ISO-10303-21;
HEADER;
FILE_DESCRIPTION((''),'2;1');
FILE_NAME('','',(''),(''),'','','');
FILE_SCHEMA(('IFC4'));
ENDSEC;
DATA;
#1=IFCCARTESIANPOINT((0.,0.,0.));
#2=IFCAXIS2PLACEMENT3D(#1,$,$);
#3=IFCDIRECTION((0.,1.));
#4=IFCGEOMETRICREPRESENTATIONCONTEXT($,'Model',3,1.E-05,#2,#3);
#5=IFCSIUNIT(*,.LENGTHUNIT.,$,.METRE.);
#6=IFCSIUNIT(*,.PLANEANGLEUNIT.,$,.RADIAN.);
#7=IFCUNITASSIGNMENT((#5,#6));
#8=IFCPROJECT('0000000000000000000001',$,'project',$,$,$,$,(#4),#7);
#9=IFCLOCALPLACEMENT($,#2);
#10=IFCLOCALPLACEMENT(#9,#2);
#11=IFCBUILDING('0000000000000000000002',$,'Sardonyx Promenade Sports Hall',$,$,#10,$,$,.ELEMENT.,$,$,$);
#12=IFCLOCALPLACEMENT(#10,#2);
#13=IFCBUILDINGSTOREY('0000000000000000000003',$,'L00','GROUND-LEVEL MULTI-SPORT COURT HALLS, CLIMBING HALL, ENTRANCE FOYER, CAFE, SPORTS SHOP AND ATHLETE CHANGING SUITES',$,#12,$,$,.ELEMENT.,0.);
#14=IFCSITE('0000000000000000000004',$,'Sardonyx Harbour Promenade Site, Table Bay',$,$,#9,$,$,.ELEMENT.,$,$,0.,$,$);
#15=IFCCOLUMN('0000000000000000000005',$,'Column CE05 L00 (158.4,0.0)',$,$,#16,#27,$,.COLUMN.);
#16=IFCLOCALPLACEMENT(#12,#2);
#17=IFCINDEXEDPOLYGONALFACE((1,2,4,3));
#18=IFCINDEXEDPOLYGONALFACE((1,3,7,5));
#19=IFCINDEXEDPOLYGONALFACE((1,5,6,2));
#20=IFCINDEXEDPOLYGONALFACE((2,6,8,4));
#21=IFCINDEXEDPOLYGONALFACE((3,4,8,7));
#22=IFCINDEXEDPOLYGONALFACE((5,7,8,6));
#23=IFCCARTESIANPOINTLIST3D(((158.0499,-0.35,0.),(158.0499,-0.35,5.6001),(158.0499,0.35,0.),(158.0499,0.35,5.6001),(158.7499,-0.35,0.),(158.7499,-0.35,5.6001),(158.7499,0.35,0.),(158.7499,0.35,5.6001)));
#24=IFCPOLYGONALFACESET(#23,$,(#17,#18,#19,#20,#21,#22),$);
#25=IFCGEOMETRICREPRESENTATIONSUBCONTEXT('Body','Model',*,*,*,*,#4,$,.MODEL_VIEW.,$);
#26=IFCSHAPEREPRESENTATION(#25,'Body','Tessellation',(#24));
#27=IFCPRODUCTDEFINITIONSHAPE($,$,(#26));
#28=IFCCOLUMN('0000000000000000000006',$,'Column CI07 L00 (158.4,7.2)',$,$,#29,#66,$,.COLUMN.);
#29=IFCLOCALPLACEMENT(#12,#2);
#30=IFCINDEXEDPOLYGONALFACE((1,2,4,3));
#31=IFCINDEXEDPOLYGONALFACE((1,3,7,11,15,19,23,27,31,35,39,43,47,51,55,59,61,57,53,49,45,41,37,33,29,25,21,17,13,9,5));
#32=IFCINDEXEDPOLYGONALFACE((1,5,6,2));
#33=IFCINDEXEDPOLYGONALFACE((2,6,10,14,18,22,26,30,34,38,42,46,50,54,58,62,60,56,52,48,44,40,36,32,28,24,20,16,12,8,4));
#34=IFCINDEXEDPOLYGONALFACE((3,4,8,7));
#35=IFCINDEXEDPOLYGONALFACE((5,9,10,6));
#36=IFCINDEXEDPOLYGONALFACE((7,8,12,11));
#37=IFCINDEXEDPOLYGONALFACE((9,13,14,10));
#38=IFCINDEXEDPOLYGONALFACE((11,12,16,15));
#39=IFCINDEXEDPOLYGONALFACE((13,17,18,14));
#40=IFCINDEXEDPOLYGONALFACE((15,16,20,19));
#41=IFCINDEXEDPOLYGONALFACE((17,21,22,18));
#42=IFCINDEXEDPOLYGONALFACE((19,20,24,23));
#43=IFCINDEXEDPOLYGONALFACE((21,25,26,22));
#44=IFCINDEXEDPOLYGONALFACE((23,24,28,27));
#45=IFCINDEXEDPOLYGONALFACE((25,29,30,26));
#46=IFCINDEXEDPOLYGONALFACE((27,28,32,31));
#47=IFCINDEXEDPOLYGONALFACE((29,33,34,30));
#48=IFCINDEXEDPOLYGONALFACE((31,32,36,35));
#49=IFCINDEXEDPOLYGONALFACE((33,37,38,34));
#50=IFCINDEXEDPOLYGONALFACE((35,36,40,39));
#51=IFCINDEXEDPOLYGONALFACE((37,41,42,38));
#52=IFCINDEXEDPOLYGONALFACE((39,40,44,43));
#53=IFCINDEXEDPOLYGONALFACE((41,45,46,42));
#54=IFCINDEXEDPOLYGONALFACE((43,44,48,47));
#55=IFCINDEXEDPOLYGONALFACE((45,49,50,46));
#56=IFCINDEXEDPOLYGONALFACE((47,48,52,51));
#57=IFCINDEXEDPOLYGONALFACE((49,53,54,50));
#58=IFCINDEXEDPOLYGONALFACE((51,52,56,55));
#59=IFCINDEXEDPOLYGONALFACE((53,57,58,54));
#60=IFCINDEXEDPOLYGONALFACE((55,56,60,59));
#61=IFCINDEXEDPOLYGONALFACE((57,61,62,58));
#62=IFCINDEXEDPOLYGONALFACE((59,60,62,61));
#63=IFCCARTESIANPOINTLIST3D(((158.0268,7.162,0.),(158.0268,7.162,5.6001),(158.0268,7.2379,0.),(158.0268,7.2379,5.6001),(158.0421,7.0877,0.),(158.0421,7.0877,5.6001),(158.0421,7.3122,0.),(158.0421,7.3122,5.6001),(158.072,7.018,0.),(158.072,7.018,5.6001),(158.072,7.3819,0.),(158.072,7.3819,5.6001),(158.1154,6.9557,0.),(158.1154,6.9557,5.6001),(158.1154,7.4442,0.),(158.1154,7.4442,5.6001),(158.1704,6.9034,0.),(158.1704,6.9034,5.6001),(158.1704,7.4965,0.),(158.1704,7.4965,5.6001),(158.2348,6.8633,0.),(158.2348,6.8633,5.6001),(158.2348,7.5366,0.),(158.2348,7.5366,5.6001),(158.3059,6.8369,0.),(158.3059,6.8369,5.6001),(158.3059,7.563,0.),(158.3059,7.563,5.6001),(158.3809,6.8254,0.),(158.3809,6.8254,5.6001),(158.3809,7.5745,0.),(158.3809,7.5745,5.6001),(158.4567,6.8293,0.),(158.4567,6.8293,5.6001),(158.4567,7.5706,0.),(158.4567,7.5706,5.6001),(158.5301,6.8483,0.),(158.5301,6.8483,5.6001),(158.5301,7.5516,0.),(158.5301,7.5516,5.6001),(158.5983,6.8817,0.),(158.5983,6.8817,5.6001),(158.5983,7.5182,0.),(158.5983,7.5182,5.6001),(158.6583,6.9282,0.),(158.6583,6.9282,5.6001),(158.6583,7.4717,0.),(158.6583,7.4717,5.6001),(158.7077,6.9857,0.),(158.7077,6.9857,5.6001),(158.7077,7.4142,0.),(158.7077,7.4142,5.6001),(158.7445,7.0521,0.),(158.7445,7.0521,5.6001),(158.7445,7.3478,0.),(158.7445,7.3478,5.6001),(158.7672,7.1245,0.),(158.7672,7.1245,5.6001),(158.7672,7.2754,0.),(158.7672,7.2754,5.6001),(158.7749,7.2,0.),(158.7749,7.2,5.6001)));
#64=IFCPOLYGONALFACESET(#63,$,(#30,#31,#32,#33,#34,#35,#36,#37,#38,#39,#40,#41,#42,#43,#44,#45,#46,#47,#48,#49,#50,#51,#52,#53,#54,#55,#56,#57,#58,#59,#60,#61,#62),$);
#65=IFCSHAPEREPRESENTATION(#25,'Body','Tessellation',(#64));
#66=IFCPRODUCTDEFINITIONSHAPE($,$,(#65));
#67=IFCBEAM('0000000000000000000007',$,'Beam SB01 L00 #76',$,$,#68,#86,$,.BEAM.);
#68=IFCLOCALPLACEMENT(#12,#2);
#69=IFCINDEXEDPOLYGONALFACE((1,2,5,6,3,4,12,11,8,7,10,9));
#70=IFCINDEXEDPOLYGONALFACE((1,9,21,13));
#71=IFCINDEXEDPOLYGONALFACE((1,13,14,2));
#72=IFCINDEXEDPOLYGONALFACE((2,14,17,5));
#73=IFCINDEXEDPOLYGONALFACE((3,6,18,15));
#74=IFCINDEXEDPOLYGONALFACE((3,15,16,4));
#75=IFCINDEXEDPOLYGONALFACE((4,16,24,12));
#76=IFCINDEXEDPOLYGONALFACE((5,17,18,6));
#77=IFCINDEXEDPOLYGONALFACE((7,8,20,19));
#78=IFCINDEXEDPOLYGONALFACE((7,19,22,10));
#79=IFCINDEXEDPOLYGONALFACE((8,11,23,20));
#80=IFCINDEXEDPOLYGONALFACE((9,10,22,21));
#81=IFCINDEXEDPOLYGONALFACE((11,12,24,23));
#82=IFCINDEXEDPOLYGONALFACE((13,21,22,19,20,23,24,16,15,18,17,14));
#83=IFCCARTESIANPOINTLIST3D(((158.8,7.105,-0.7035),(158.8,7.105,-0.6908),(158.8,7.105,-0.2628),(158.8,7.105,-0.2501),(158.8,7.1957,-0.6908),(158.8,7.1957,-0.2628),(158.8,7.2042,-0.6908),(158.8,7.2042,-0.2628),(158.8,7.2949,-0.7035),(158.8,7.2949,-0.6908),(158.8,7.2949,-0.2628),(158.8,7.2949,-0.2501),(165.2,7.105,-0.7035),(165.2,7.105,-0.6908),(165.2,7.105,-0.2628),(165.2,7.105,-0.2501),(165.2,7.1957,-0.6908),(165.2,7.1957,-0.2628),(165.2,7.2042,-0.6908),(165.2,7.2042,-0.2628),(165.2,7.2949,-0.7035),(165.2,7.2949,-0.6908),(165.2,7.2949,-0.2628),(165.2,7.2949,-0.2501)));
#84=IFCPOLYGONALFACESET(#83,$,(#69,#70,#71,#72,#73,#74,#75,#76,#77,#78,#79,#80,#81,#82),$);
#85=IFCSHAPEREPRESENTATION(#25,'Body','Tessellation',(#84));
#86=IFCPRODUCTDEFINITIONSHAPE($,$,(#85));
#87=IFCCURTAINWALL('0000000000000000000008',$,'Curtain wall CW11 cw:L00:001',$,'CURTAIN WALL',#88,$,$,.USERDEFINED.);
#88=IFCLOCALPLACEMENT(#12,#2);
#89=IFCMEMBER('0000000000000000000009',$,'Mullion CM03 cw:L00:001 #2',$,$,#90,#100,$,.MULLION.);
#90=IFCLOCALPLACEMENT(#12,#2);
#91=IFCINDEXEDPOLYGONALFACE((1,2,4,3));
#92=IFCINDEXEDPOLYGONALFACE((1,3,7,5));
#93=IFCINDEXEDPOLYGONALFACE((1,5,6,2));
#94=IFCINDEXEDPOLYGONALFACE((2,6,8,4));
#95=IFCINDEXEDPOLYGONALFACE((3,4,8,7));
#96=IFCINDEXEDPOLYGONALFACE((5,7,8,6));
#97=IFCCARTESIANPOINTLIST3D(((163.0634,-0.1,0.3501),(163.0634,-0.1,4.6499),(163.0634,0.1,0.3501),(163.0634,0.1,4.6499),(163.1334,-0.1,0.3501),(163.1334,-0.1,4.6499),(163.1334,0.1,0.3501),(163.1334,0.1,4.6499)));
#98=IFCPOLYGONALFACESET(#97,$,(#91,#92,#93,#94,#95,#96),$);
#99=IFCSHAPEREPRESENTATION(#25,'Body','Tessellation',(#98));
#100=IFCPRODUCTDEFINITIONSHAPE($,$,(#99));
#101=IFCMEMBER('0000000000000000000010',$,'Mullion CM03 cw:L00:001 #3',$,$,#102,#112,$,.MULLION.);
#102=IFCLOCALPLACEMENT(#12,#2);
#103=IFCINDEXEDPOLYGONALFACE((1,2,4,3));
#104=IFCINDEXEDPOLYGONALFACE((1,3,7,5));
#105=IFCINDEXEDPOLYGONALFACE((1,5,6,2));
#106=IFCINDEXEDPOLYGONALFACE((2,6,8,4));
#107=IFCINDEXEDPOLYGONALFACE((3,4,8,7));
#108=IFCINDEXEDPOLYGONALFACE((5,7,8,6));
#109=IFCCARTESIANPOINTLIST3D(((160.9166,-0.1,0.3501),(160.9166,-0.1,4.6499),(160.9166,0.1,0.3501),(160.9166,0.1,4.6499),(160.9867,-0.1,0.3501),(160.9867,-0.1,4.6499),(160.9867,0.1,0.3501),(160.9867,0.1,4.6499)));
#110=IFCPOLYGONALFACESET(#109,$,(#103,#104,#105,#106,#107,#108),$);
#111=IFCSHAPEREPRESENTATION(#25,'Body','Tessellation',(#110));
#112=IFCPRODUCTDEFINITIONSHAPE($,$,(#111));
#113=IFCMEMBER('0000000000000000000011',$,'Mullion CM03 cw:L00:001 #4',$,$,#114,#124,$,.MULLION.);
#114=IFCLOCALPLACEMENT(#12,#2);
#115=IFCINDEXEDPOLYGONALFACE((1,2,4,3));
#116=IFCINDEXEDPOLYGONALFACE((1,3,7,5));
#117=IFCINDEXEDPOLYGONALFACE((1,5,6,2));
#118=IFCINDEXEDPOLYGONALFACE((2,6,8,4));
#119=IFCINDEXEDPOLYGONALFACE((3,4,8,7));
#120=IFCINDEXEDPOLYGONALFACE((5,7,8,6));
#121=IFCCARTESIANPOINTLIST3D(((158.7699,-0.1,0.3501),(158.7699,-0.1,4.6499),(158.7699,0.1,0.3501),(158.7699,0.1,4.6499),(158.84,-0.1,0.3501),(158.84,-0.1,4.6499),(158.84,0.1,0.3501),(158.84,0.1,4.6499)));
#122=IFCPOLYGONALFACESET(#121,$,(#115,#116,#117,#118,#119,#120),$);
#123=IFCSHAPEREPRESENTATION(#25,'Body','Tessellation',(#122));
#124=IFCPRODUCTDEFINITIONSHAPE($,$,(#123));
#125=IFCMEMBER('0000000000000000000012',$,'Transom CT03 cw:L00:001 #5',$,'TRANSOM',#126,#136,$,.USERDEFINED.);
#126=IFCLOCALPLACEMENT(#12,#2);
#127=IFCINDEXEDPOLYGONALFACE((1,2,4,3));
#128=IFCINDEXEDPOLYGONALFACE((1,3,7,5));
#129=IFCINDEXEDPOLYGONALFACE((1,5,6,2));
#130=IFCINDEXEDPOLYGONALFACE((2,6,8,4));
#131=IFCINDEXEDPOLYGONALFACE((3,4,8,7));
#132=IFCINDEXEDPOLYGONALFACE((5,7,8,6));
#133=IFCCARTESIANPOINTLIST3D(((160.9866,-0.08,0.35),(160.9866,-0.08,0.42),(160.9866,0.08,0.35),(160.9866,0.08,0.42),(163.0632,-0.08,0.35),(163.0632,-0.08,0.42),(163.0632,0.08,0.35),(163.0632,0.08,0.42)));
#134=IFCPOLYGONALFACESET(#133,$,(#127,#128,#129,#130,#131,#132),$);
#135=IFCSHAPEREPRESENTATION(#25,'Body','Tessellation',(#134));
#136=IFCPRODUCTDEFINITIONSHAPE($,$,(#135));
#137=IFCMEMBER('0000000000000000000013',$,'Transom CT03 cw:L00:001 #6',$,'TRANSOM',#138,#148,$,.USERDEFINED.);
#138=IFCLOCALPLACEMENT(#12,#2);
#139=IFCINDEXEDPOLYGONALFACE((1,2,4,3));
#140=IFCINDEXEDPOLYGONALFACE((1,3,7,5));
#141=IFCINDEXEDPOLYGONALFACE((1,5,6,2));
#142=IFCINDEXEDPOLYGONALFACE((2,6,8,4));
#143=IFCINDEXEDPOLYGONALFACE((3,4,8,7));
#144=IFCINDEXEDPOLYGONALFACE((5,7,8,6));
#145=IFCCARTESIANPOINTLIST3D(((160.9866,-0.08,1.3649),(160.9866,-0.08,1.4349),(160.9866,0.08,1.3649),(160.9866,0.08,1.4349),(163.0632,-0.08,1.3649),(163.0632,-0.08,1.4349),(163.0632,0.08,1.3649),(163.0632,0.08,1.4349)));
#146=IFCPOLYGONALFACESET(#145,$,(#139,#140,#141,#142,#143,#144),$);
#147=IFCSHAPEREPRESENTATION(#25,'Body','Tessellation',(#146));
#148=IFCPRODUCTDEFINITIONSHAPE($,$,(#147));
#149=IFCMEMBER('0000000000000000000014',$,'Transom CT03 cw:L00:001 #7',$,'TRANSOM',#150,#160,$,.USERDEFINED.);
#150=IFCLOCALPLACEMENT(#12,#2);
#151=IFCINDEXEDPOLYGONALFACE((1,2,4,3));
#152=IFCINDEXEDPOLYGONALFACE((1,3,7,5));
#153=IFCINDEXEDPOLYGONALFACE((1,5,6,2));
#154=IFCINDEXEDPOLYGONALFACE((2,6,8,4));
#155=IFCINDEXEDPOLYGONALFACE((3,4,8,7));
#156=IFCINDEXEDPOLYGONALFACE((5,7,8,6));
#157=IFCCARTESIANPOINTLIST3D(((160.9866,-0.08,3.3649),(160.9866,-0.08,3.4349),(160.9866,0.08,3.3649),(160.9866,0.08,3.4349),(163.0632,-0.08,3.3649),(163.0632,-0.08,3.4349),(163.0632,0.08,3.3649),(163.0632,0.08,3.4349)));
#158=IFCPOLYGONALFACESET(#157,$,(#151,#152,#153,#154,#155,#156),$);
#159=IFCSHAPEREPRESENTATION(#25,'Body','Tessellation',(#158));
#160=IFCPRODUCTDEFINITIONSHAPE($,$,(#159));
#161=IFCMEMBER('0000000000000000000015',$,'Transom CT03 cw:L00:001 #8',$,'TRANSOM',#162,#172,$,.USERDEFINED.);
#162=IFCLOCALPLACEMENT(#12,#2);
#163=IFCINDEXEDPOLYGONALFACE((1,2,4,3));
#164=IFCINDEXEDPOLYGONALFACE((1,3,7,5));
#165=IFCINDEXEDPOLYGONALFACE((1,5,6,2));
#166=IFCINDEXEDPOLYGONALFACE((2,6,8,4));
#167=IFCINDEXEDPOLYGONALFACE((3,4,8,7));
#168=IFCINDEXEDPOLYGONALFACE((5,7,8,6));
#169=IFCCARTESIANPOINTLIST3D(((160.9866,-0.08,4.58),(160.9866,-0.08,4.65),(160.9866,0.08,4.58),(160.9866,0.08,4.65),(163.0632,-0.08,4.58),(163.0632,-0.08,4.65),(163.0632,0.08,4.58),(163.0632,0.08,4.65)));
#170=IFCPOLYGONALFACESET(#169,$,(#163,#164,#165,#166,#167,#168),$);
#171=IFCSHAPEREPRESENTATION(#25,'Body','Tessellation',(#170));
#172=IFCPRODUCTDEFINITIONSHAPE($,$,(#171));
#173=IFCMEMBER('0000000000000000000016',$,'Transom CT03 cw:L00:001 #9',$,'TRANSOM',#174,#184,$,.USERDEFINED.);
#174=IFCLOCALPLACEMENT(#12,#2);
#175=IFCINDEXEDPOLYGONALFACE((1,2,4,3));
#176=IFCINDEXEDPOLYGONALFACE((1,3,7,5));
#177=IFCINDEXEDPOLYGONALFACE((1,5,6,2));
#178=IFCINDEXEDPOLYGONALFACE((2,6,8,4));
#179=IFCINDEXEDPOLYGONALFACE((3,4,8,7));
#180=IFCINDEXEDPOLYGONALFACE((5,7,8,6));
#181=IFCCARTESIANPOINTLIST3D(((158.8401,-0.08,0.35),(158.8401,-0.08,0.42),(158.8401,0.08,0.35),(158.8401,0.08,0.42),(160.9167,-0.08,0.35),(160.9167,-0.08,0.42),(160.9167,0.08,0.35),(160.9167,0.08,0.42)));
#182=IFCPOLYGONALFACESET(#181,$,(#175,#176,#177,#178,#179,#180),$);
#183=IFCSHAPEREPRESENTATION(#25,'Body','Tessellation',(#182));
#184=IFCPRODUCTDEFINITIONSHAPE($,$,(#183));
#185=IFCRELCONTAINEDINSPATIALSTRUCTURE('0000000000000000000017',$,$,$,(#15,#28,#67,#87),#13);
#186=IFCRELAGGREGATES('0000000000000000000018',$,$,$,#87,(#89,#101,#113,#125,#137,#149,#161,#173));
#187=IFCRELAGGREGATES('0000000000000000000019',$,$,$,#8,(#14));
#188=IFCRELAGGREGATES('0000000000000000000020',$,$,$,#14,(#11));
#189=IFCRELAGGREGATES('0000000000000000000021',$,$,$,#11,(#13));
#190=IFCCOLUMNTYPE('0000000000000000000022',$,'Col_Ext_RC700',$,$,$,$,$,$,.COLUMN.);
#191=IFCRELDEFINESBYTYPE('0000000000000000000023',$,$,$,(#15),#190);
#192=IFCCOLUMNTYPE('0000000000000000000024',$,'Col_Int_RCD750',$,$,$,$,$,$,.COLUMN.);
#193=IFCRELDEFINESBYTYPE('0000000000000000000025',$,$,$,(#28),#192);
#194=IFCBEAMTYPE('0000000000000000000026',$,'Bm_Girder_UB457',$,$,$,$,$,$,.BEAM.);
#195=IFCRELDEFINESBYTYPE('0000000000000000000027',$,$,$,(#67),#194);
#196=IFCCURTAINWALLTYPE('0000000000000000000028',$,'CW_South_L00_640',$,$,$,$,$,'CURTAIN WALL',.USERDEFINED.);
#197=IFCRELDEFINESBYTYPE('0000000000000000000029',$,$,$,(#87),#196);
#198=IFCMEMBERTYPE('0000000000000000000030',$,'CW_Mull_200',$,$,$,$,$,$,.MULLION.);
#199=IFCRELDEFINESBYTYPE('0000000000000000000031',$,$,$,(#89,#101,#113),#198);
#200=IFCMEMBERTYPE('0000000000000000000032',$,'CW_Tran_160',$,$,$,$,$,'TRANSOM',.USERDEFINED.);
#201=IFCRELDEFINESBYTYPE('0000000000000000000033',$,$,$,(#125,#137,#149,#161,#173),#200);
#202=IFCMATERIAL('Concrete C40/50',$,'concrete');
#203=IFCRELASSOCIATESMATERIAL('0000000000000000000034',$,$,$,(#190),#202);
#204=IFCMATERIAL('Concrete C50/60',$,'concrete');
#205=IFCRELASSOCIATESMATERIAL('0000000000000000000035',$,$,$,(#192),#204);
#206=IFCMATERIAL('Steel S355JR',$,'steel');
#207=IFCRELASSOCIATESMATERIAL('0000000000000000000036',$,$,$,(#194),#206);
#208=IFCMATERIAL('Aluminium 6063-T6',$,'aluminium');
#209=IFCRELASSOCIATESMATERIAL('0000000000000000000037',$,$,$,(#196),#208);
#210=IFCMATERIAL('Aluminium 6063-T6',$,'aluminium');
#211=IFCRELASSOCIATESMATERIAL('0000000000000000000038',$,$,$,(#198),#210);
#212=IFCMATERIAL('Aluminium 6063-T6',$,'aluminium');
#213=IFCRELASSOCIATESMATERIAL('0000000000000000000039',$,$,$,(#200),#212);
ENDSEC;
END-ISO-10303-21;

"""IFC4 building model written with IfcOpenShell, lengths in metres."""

from ifc_helpers import new_model, si_unit, direction, frame, origin, origin_2d, place, context, subcontext, project, spatial, rectangle, circle, i_section, extrude, material, material_profile, profile_set, type_object, element, aggregate, save


model = new_model("IFC4")

# Units and contexts
model_context = context("Model", 3, precision=1e-05, world=origin(), true_north=direction((0.0, 1.0)))
body_context = subcontext(model_context, "Body", "Model", "MODEL_VIEW")
ifc_project = project(units=[si_unit("LENGTHUNIT", "METRE"), si_unit("PLANEANGLEUNIT", "RADIAN")], contexts=[model_context])

# Site, building, storey
site_placement = place(None, origin())
site = spatial("IfcSite", under=ifc_project, at=site_placement, Name="Sardonyx Harbour Promenade Site, Table Bay", CompositionType="ELEMENT", RefElevation=0.0)
building_placement = place(site_placement, origin())
building = spatial("IfcBuilding", under=site, at=building_placement, Name="Sardonyx Promenade Sports Hall", CompositionType="ELEMENT")
storey_placement = place(building_placement, origin())
storey = spatial("IfcBuildingStorey", under=building, at=storey_placement, Name="L00", Description="GROUND-LEVEL MULTI-SPORT COURT HALLS, CLIMBING HALL, ENTRANCE FOYER, CAFE, SPORTS SHOP AND ATHLETE CHANGING SUITES", CompositionType="ELEMENT", Elevation=0.0)

# Columns
ifc_material_1 = material(Name="Concrete C40/50", Category="concrete")
ifc_material_profile_1 = material_profile(ifc_material_1, rectangle(XDim=0.7, YDim=0.7, at=origin_2d()))
ifc_profile_set_1 = profile_set([ifc_material_profile_1], Name="Concrete C40/50")
column_type_1 = type_object("IfcColumnType", Name="Col_Ext_RC700", PredefinedType="COLUMN", material=ifc_profile_set_1)
column_1_placement = place(storey_placement, frame((158.3999, 0.0, 0.0), z_axis=(0.0, 0.0, 1.0), x_axis=(1.0, 0.0, 0.0)))
element("IfcColumn", 1, at=column_1_placement, inside=storey, type_object=column_type_1, Name="Column CE05 L00 (158.4,0.0)", PredefinedType="COLUMN", context=body_context, shape_type="SweptSolid", body=[
    extrude(rectangle(XDim=0.7, YDim=0.7, at=origin_2d()), origin(), (0.0, 0.0, 1.0), 5.6001),
])
ifc_material_2 = material(Name="Concrete C50/60", Category="concrete")
ifc_material_profile_2 = material_profile(ifc_material_2, circle(Radius=0.375, at=origin_2d()))
ifc_profile_set_2 = profile_set([ifc_material_profile_2], Name="Concrete C50/60")
column_type_2 = type_object("IfcColumnType", Name="Col_Int_RCD750", PredefinedType="COLUMN", material=ifc_profile_set_2)
column_2_placement = place(storey_placement, frame((158.3999, 7.2, 0.0), z_axis=(0.0, 0.0, 1.0), x_axis=(1.0, 0.0, 0.0)))
element("IfcColumn", 2, at=column_2_placement, inside=storey, type_object=column_type_2, Name="Column CI07 L00 (158.4,7.2)", PredefinedType="COLUMN", context=body_context, shape_type="SweptSolid", body=[
    extrude(circle(Radius=0.375, at=origin_2d()), origin(), (0.0, 0.0, 1.0), 5.6001),
])

# Beam
ifc_material_3 = material(Name="Steel S355JR", Category="steel")
ifc_material_profile_3 = material_profile(ifc_material_3, i_section(OverallWidth=0.1899, OverallDepth=0.4534, WebThickness=0.0085, FlangeThickness=0.0127, at=origin_2d()))
ifc_profile_set_3 = profile_set([ifc_material_profile_3], Name="Steel S355JR")
beam_type = type_object("IfcBeamType", Name="Bm_Girder_UB457", PredefinedType="BEAM", material=ifc_profile_set_3)
beam_placement = place(storey_placement, frame((158.8, 7.2, -0.4768), z_axis=(1.0, 0.0, 0.0), x_axis=(0.0, 1.0, 0.0)))
element("IfcBeam", 3, at=beam_placement, inside=storey, type_object=beam_type, Name="Beam SB01 L00 #76", PredefinedType="BEAM", context=body_context, shape_type="SweptSolid", body=[
    extrude(i_section(OverallWidth=0.1899, OverallDepth=0.4534, WebThickness=0.0085, FlangeThickness=0.0127, at=origin_2d()), origin(), (0.0, 0.0, 1.0), 6.3999),
])

# Curtain wall, members
ifc_material_4 = material(Name="Aluminium 6063-T6", Category="aluminium")
curtain_wall_type = type_object("IfcCurtainWallType", Name="CW_South_L00_640", ElementType="CURTAIN WALL", PredefinedType="USERDEFINED", material=ifc_material_4)
curtain_wall_placement = place(storey_placement, origin())
curtain_wall = element("IfcCurtainWall", 4, at=curtain_wall_placement, inside=storey, type_object=curtain_wall_type, Name="Curtain wall CW11 cw:L00:001", ObjectType="CURTAIN WALL", PredefinedType="USERDEFINED")
ifc_material_5 = material(Name="Aluminium 6063-T6", Category="aluminium")
ifc_material_profile_4 = material_profile(ifc_material_5, rectangle(XDim=0.0701, YDim=0.2, at=origin_2d()))
ifc_profile_set_4 = profile_set([ifc_material_profile_4], Name="Aluminium 6063-T6")
member_type_1 = type_object("IfcMemberType", Name="CW_Mull_200", PredefinedType="MULLION", material=ifc_profile_set_4)
member_1_placement = place(storey_placement, frame((163.0984, 0.0, 0.3501), z_axis=(0.0, 0.0, 1.0), x_axis=(-1.0, 0.0, 0.0)))
member_1 = element("IfcMember", 5, at=member_1_placement, type_object=member_type_1, Name="Mullion CM03 cw:L00:001 #2", PredefinedType="MULLION", context=body_context, shape_type="SweptSolid", body=[
    extrude(rectangle(XDim=0.0701, YDim=0.2, at=origin_2d()), origin(), (0.0, 0.0, 1.0), 4.2998),
])
member_2_placement = place(storey_placement, frame((160.9517, 0.0, 0.3501), z_axis=(0.0, 0.0, 1.0), x_axis=(-1.0, 0.0, 0.0)))
member_2 = element("IfcMember", 6, at=member_2_placement, type_object=member_type_1, Name="Mullion CM03 cw:L00:001 #3", PredefinedType="MULLION", context=body_context, shape_type="SweptSolid", body=[
    extrude(rectangle(XDim=0.0701, YDim=0.2, at=origin_2d()), origin(), (0.0, 0.0, 1.0), 4.2998),
])
member_3_placement = place(storey_placement, frame((158.8049, 0.0, 0.3501), z_axis=(0.0, 0.0, 1.0), x_axis=(-1.0, 0.0, 0.0)))
member_3 = element("IfcMember", 7, at=member_3_placement, type_object=member_type_1, Name="Mullion CM03 cw:L00:001 #4", PredefinedType="MULLION", context=body_context, shape_type="SweptSolid", body=[
    extrude(rectangle(XDim=0.0701, YDim=0.2, at=origin_2d()), origin(), (0.0, 0.0, 1.0), 4.2998),
])
ifc_material_6 = material(Name="Aluminium 6063-T6", Category="aluminium")
ifc_material_profile_5 = material_profile(ifc_material_6, rectangle(XDim=0.0701, YDim=0.1599, at=origin_2d()))
ifc_profile_set_5 = profile_set([ifc_material_profile_5], Name="Aluminium 6063-T6")
member_type_2 = type_object("IfcMemberType", Name="CW_Tran_160", ElementType="TRANSOM", PredefinedType="USERDEFINED", material=ifc_profile_set_5)
member_4_placement = place(storey_placement, frame((163.0632, 0.0, 0.385), z_axis=(-1.0, 0.0, 0.0), x_axis=(0.0, 0.0, 1.0)))
member_4 = element("IfcMember", 8, at=member_4_placement, type_object=member_type_2, Name="Transom CT03 cw:L00:001 #5", ObjectType="TRANSOM", PredefinedType="USERDEFINED", context=body_context, shape_type="SweptSolid", body=[
    extrude(rectangle(XDim=0.0701, YDim=0.1599, at=origin_2d()), origin(), (0.0, 0.0, 1.0), 2.0767),
])
member_5_placement = place(storey_placement, frame((163.0632, 0.0, 1.3999), z_axis=(-1.0, 0.0, 0.0), x_axis=(0.0, 0.0, 1.0)))
member_5 = element("IfcMember", 9, at=member_5_placement, type_object=member_type_2, Name="Transom CT03 cw:L00:001 #6", ObjectType="TRANSOM", PredefinedType="USERDEFINED", context=body_context, shape_type="SweptSolid", body=[
    extrude(rectangle(XDim=0.0701, YDim=0.1599, at=origin_2d()), origin(), (0.0, 0.0, 1.0), 2.0767),
])
member_6_placement = place(storey_placement, frame((163.0632, 0.0, 3.3999), z_axis=(-1.0, 0.0, 0.0), x_axis=(0.0, 0.0, 1.0)))
member_6 = element("IfcMember", 10, at=member_6_placement, type_object=member_type_2, Name="Transom CT03 cw:L00:001 #7", ObjectType="TRANSOM", PredefinedType="USERDEFINED", context=body_context, shape_type="SweptSolid", body=[
    extrude(rectangle(XDim=0.0701, YDim=0.1599, at=origin_2d()), origin(), (0.0, 0.0, 1.0), 2.0767),
])
member_7_placement = place(storey_placement, frame((163.0632, 0.0, 4.615), z_axis=(-1.0, 0.0, 0.0), x_axis=(0.0, 0.0, 1.0)))
member_7 = element("IfcMember", 11, at=member_7_placement, type_object=member_type_2, Name="Transom CT03 cw:L00:001 #8", ObjectType="TRANSOM", PredefinedType="USERDEFINED", context=body_context, shape_type="SweptSolid", body=[
    extrude(rectangle(XDim=0.0701, YDim=0.1599, at=origin_2d()), origin(), (0.0, 0.0, 1.0), 2.0767),
])
member_8_placement = place(storey_placement, frame((160.9167, 0.0, 0.385), z_axis=(-1.0, 0.0, 0.0), x_axis=(0.0, 0.0, 1.0)))
member_8 = element("IfcMember", 12, at=member_8_placement, type_object=member_type_2, Name="Transom CT03 cw:L00:001 #9", ObjectType="TRANSOM", PredefinedType="USERDEFINED", context=body_context, shape_type="SweptSolid", body=[
    extrude(rectangle(XDim=0.0701, YDim=0.1599, at=origin_2d()), origin(), (0.0, 0.0, 1.0), 2.0767),
])
aggregate(curtain_wall, [member_1, member_2, member_3, member_4, member_5, member_6, member_7, member_8])

save(model, "model.ifc")
